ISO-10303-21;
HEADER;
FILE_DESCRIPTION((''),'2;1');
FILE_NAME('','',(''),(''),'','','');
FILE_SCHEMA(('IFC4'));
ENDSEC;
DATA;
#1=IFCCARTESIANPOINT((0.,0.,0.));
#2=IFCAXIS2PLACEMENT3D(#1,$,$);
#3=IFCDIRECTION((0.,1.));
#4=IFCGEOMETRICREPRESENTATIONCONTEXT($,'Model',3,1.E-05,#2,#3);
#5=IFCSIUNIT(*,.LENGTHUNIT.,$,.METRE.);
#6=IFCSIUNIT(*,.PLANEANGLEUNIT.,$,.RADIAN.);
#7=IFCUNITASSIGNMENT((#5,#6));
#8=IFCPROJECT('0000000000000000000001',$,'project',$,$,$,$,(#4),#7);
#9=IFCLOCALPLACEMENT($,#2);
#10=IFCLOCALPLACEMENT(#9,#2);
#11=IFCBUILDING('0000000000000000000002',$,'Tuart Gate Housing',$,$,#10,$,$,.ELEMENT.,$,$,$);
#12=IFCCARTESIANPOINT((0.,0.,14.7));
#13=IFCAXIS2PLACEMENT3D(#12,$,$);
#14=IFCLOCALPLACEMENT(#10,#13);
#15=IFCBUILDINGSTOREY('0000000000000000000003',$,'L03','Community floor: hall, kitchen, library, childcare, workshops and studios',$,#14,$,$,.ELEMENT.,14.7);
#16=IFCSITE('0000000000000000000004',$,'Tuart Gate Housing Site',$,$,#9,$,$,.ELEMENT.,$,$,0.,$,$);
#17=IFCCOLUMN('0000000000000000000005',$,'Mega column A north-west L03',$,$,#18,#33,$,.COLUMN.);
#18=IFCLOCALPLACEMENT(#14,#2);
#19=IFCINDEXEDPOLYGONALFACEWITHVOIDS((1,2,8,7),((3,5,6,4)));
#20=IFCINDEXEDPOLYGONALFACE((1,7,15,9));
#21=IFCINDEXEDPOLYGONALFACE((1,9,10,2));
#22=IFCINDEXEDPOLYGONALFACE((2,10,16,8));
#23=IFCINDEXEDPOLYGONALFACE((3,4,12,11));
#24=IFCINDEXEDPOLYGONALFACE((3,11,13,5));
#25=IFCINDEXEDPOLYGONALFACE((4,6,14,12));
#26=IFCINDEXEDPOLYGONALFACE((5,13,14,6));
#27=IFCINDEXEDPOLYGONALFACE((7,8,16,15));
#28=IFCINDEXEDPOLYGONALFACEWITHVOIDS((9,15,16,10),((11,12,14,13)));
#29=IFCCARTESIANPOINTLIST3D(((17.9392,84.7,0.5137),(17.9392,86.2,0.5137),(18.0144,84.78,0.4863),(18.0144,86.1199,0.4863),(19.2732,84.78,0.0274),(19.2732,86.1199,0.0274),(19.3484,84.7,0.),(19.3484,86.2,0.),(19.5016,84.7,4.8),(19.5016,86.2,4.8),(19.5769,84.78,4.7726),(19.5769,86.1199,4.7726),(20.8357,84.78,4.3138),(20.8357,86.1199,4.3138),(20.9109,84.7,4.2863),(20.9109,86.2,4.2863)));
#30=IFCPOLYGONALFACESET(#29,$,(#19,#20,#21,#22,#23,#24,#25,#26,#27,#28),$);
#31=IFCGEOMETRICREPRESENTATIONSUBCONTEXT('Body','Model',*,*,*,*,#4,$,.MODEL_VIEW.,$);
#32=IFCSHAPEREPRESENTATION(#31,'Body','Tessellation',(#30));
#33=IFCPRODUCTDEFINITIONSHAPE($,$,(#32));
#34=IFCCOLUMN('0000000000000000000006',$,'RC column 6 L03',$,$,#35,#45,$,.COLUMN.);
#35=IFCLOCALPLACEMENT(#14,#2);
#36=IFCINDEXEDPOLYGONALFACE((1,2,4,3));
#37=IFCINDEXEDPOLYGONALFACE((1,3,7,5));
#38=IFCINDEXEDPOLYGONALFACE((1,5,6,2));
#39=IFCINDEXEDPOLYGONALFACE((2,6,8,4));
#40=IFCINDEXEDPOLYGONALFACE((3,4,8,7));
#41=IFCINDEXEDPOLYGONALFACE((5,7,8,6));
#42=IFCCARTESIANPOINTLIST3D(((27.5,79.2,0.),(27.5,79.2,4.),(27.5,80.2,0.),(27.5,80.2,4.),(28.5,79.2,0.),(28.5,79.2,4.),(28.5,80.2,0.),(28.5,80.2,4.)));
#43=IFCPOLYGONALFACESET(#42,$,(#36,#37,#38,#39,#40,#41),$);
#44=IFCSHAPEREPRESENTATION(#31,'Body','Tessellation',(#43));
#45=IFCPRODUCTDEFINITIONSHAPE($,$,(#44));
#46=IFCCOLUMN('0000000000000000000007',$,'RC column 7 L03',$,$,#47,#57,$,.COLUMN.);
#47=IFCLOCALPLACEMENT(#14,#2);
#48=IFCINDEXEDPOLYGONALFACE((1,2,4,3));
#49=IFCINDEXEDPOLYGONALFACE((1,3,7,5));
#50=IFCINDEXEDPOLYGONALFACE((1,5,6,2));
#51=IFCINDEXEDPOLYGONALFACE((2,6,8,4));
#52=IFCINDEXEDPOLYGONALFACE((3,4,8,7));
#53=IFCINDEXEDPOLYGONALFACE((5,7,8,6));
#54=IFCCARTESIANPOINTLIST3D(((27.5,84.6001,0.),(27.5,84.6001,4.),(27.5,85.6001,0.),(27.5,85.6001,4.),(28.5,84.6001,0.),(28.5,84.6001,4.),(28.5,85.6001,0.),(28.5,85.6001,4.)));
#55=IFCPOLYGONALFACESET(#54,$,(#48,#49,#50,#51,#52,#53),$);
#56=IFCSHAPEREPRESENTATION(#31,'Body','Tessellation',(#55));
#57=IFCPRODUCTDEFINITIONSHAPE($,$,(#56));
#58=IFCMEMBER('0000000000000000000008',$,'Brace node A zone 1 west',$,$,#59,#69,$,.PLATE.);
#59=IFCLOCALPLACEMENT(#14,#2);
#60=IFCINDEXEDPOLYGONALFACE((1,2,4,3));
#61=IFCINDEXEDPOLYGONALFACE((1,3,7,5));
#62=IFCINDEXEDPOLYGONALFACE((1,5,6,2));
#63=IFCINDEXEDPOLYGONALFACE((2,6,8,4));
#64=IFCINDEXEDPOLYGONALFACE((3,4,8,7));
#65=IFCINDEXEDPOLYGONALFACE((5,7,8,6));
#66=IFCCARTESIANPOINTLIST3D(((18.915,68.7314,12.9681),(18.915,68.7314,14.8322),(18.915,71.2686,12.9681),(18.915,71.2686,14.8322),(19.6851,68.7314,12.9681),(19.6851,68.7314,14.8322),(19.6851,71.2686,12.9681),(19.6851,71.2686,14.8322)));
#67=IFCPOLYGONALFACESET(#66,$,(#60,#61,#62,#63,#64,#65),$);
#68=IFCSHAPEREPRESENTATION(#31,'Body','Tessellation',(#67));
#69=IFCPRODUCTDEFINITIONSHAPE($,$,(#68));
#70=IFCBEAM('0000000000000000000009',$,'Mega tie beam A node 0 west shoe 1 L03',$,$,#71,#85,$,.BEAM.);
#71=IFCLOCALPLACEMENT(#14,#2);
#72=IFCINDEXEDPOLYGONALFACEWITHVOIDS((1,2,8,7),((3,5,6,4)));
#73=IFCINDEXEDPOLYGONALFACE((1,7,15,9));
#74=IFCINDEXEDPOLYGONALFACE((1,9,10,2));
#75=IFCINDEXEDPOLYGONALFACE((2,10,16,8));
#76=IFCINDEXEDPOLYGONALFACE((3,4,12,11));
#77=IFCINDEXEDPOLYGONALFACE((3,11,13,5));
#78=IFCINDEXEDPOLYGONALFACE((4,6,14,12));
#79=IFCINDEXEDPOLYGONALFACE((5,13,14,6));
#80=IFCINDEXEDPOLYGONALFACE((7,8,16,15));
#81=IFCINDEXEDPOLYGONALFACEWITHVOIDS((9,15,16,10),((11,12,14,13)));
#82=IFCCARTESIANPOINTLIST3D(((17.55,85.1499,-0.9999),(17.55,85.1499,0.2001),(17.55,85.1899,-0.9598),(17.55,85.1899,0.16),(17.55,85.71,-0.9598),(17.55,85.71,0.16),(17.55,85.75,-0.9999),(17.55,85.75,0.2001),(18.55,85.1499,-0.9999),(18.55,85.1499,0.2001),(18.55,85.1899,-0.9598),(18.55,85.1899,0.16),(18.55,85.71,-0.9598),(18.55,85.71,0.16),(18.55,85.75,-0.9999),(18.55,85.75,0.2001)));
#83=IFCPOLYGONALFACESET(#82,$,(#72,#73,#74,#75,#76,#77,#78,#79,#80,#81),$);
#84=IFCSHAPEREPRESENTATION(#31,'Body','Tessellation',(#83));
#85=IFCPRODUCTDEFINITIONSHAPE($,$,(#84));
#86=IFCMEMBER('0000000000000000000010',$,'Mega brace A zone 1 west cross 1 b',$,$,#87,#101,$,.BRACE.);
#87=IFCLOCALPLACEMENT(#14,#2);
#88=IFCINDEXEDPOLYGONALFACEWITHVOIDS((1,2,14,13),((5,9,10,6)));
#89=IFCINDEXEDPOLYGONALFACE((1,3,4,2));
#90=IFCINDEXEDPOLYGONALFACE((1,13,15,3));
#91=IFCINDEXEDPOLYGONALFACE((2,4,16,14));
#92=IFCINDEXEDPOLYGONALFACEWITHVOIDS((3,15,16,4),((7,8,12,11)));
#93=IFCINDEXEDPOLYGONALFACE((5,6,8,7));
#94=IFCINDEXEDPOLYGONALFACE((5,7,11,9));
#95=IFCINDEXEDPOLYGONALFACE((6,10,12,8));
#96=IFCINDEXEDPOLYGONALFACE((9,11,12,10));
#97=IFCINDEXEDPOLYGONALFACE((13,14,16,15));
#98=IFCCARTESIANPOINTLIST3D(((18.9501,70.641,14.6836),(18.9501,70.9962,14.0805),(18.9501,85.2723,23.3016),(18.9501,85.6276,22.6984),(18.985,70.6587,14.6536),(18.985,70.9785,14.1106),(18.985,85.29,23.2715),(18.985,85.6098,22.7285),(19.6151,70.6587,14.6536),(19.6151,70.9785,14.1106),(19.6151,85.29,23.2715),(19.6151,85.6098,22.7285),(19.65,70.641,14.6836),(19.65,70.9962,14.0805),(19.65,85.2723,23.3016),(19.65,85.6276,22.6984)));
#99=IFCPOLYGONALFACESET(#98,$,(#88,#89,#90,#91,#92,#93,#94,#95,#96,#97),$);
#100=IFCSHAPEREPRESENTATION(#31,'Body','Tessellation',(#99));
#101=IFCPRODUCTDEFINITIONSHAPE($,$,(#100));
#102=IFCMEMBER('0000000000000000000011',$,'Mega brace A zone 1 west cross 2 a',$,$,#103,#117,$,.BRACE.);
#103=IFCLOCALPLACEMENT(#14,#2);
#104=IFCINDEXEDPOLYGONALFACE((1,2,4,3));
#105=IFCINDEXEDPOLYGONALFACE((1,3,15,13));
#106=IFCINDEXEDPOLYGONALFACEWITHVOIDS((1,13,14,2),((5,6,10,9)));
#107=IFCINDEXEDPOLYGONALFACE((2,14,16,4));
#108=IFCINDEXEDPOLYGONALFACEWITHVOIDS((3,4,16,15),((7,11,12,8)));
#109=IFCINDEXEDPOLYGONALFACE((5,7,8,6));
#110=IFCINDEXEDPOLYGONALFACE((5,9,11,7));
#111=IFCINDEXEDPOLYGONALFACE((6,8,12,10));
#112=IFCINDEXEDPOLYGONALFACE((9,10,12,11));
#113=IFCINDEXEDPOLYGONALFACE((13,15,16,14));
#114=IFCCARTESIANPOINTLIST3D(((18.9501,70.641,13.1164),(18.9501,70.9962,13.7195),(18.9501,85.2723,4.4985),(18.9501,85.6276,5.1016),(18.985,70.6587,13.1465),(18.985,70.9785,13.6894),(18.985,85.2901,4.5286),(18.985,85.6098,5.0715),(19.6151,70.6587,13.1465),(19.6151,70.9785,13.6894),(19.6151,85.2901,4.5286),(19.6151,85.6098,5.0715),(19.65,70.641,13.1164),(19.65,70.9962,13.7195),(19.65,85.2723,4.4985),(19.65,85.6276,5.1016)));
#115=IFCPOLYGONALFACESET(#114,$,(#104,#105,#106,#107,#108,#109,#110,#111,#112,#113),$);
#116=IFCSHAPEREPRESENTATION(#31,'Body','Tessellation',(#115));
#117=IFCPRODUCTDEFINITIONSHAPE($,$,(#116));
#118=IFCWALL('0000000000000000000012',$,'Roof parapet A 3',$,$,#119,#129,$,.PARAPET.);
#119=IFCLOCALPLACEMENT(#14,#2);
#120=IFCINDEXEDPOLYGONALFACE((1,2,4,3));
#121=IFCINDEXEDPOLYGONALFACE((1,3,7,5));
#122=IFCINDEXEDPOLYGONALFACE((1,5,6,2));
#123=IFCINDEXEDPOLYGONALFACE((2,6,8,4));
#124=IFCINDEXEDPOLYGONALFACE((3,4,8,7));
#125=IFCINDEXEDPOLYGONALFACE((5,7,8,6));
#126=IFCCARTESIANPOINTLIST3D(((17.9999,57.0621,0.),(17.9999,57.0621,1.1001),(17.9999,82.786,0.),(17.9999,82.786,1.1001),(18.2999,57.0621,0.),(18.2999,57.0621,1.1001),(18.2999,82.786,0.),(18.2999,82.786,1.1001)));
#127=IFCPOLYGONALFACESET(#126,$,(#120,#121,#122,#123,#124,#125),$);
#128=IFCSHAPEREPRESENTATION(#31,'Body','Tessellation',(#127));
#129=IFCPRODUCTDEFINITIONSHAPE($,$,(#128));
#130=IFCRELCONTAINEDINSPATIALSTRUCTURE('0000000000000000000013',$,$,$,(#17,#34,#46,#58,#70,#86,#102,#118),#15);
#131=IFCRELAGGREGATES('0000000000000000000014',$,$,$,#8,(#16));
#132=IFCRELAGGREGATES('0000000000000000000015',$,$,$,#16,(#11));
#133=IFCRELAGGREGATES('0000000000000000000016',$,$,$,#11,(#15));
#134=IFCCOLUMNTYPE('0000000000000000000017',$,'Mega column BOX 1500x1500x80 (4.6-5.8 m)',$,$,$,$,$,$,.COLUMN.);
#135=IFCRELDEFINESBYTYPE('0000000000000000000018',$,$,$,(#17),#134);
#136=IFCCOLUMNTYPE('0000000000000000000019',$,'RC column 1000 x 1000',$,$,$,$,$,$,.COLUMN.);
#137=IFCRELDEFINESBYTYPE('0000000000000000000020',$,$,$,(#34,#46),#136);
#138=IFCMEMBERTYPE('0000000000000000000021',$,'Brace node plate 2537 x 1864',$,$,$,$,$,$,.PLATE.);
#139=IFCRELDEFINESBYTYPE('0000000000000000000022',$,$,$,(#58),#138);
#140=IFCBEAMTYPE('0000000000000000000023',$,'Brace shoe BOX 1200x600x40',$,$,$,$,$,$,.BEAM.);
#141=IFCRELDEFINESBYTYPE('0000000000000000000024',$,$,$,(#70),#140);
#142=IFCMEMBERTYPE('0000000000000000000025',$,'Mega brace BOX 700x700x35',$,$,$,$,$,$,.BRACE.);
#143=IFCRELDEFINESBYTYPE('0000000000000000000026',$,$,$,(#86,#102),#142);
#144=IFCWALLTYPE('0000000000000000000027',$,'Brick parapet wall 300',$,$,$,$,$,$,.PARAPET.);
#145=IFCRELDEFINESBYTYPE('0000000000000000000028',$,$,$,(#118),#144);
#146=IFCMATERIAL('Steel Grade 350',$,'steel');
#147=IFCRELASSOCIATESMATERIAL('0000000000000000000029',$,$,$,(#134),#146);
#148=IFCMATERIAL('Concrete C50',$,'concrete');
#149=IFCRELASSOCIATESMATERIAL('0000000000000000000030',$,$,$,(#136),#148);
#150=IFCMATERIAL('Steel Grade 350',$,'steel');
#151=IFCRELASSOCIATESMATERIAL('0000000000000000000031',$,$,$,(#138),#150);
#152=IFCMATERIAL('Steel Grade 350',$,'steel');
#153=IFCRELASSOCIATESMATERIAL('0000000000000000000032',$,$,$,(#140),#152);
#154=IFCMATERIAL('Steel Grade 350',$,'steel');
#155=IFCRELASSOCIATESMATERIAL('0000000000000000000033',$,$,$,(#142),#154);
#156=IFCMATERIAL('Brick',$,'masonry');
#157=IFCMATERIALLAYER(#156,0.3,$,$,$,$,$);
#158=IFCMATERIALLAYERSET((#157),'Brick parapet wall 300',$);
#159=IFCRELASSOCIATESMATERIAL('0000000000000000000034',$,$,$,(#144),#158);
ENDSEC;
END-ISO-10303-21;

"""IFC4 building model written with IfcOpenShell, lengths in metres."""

from ifc_helpers import new_model, si_unit, direction, frame, frame_2d, origin, origin_2d, place, context, subcontext, project, spatial, rectangle, hollow_rectangle, extrude, material, layer, layer_set, material_profile, profile_set, type_object, element, save


model = new_model("IFC4")

# Units and contexts
model_context = context("Model", 3, precision=1e-05, world=origin(), true_north=direction((0.0, 1.0)))
body_context = subcontext(model_context, "Body", "Model", "MODEL_VIEW")
ifc_project = project(units=[si_unit("LENGTHUNIT", "METRE"), si_unit("PLANEANGLEUNIT", "RADIAN")], contexts=[model_context])

# Site, building, storey
site_placement = place(None, origin())
site = spatial("IfcSite", under=ifc_project, at=site_placement, Name="Tuart Gate Housing Site", CompositionType="ELEMENT", RefElevation=0.0)
building_placement = place(site_placement, origin())
building = spatial("IfcBuilding", under=site, at=building_placement, Name="Tuart Gate Housing", CompositionType="ELEMENT")
storey_placement = place(building_placement, frame((0.0, 0.0, 14.7)))
storey = spatial("IfcBuildingStorey", under=building, at=storey_placement, Name="L03", Description="Community floor: hall, kitchen, library, childcare, workshops and studios", CompositionType="ELEMENT", Elevation=14.7)

# Columns
ifc_material_1 = material(Name="Steel Grade 350", Category="steel")
ifc_material_profile_1 = material_profile(ifc_material_1, hollow_rectangle(XDim=1.5, YDim=1.5, WallThickness=0.0801, at=origin_2d()), Name="BOX 1500x1500x80")
ifc_profile_set_1 = profile_set([ifc_material_profile_1], Name="Steel Grade 350")
column_type_1 = type_object("IfcColumnType", Name="Mega column BOX 1500x1500x80 (4.6-5.8 m)", PredefinedType="COLUMN", material=ifc_profile_set_1)
column_placement = place(storey_placement, frame((18.6438, 85.45, 0.2568), z_axis=(0.342482, 0.0, 0.939524), x_axis=(0.0, 1.0, 0.0)))
element("IfcColumn", 1, at=column_placement, inside=storey, type_object=column_type_1, Name="Mega column A north-west L03", PredefinedType="COLUMN", context=body_context, shape_type="SweptSolid", body=[
    extrude(hollow_rectangle(XDim=1.5, YDim=1.5, WallThickness=0.0801, at=origin_2d()), origin(), (0.0, 0.0, 1.0), 4.5623),
])
ifc_material_2 = material(Name="Concrete C50", Category="concrete")
ifc_material_profile_2 = material_profile(ifc_material_2, rectangle(XDim=1.0, YDim=1.0, at=origin_2d()), Name="RC column 1000 x 1000")
ifc_profile_set_2 = profile_set([ifc_material_profile_2], Name="Concrete C50")
column_type_2 = type_object("IfcColumnType", Name="RC column 1000 x 1000", PredefinedType="COLUMN", material=ifc_profile_set_2)
for number, where, z_axis, x_axis, name in (
    (2, (28.0, 79.7, 0.0), (0.0, 0.0, 1.0), (1.0, 0.0, 0.0), "RC column 6 L03"),
    (3, (28.0, 85.1001, 0.0), (0.0, 0.0, 1.0), (1.0, 0.0, 0.0), "RC column 7 L03"),
):
    element("IfcColumn", number, at=place(storey_placement, frame(where, z_axis=z_axis, x_axis=x_axis)), inside=storey, type_object=column_type_2, Name=name, PredefinedType="COLUMN", context=body_context, shape_type="SweptSolid", body=[
        extrude(rectangle(XDim=1.0, YDim=1.0, at=origin_2d()), origin(), (0.0, 0.0, 1.0), 4.0),
    ])

# Member
ifc_material_3 = material(Name="Steel Grade 350", Category="steel")
ifc_material_profile_3 = material_profile(ifc_material_3, rectangle(XDim=2.5371, YDim=1.864, at=origin_2d()), Name="Brace node plate 2537 x 1864")
ifc_profile_set_3 = profile_set([ifc_material_profile_3], Name="Steel Grade 350")
member_type_1 = type_object("IfcMemberType", Name="Brace node plate 2537 x 1864", PredefinedType="PLATE", material=ifc_profile_set_3)
member_placement = place(storey_placement, frame((18.915, 70.0, 13.9001), z_axis=(1.0, 0.0, 0.0), x_axis=(0.0, 1.0, 0.0)))
element("IfcMember", 4, at=member_placement, inside=storey, type_object=member_type_1, Name="Brace node A zone 1 west", PredefinedType="PLATE", context=body_context, shape_type="SweptSolid", body=[
    extrude(rectangle(XDim=2.5371, YDim=1.864, at=origin_2d()), origin(), (0.0, 0.0, 1.0), 0.77),
])

# Beam
ifc_material_4 = material(Name="Steel Grade 350", Category="steel")
ifc_material_profile_4 = material_profile(ifc_material_4, hollow_rectangle(XDim=0.6001, YDim=1.2, WallThickness=0.04, at=origin_2d()), Name="BOX 1200x600x40")
ifc_profile_set_4 = profile_set([ifc_material_profile_4], Name="Steel Grade 350")
beam_type = type_object("IfcBeamType", Name="Brace shoe BOX 1200x600x40", PredefinedType="BEAM", material=ifc_profile_set_4)
beam_placement = place(storey_placement, frame((18.55, 85.45, -0.3999), z_axis=(-1.0, 0.0, 0.0), x_axis=(0.0, -1.0, 0.0)))
element("IfcBeam", 5, at=beam_placement, inside=storey, type_object=beam_type, Name="Mega tie beam A node 0 west shoe 1 L03", PredefinedType="BEAM", context=body_context, shape_type="SweptSolid", body=[
    extrude(hollow_rectangle(XDim=0.6001, YDim=1.2, WallThickness=0.04, at=origin_2d()), origin(), (0.0, 0.0, 1.0), 1.0),
])

# Members
ifc_material_5 = material(Name="Steel Grade 350", Category="steel")
ifc_material_profile_5 = material_profile(ifc_material_5, hollow_rectangle(XDim=0.7, YDim=0.7, WallThickness=0.0349, at=origin_2d()), Name="BOX 700x700x35")
ifc_profile_set_5 = profile_set([ifc_material_profile_5], Name="Steel Grade 350")
member_type_2 = type_object("IfcMemberType", Name="Mega brace BOX 700x700x35", PredefinedType="BRACE", material=ifc_profile_set_5)
for number, where, z_axis, x_axis, name in (
    (6, (19.3, 70.8186, 14.3821), (0.0, 0.861645, 0.507512), (-1.0, 0.0, 0.0), "Mega brace A zone 1 west cross 1 b"),
    (7, (19.3, 85.45, 4.8), (0.0, -0.861645, 0.507512), (1.0, 0.0, 0.0), "Mega brace A zone 1 west cross 2 a"),
):
    element("IfcMember", number, at=place(storey_placement, frame(where, z_axis=z_axis, x_axis=x_axis)), inside=storey, type_object=member_type_2, Name=name, PredefinedType="BRACE", context=body_context, shape_type="SweptSolid", body=[
        extrude(hollow_rectangle(XDim=0.7, YDim=0.7, WallThickness=0.0349, at=origin_2d()), origin(), (0.0, 0.0, 1.0), 16.9807),
    ])

# Wall
ifc_material_6 = material(Name="Brick", Category="masonry")
ifc_layer_1 = layer(ifc_material_6, 0.3)
ifc_layer_set_1 = layer_set([ifc_layer_1], Name="Brick parapet wall 300")
wall_type_1 = type_object("IfcWallType", Name="Brick parapet wall 300", PredefinedType="PARAPET", material=ifc_layer_set_1)
wall_1_placement = place(storey_placement, frame((18.1499, 82.7859, 0.0), z_axis=(0.0, 0.0, 1.0), x_axis=(0.0, -1.0, 0.0)))
element("IfcWall", 8, at=wall_1_placement, inside=storey, type_object=wall_type_1, Name="Roof parapet A 3", PredefinedType="PARAPET", context=body_context, shape_type="SweptSolid", body=[
    extrude(rectangle(XDim=25.7239, YDim=0.3, at=frame_2d((12.8618, 0.0))), origin(), (0.0, 0.0, 1.0), 1.1001),
])

save(model, "model.ifc")
